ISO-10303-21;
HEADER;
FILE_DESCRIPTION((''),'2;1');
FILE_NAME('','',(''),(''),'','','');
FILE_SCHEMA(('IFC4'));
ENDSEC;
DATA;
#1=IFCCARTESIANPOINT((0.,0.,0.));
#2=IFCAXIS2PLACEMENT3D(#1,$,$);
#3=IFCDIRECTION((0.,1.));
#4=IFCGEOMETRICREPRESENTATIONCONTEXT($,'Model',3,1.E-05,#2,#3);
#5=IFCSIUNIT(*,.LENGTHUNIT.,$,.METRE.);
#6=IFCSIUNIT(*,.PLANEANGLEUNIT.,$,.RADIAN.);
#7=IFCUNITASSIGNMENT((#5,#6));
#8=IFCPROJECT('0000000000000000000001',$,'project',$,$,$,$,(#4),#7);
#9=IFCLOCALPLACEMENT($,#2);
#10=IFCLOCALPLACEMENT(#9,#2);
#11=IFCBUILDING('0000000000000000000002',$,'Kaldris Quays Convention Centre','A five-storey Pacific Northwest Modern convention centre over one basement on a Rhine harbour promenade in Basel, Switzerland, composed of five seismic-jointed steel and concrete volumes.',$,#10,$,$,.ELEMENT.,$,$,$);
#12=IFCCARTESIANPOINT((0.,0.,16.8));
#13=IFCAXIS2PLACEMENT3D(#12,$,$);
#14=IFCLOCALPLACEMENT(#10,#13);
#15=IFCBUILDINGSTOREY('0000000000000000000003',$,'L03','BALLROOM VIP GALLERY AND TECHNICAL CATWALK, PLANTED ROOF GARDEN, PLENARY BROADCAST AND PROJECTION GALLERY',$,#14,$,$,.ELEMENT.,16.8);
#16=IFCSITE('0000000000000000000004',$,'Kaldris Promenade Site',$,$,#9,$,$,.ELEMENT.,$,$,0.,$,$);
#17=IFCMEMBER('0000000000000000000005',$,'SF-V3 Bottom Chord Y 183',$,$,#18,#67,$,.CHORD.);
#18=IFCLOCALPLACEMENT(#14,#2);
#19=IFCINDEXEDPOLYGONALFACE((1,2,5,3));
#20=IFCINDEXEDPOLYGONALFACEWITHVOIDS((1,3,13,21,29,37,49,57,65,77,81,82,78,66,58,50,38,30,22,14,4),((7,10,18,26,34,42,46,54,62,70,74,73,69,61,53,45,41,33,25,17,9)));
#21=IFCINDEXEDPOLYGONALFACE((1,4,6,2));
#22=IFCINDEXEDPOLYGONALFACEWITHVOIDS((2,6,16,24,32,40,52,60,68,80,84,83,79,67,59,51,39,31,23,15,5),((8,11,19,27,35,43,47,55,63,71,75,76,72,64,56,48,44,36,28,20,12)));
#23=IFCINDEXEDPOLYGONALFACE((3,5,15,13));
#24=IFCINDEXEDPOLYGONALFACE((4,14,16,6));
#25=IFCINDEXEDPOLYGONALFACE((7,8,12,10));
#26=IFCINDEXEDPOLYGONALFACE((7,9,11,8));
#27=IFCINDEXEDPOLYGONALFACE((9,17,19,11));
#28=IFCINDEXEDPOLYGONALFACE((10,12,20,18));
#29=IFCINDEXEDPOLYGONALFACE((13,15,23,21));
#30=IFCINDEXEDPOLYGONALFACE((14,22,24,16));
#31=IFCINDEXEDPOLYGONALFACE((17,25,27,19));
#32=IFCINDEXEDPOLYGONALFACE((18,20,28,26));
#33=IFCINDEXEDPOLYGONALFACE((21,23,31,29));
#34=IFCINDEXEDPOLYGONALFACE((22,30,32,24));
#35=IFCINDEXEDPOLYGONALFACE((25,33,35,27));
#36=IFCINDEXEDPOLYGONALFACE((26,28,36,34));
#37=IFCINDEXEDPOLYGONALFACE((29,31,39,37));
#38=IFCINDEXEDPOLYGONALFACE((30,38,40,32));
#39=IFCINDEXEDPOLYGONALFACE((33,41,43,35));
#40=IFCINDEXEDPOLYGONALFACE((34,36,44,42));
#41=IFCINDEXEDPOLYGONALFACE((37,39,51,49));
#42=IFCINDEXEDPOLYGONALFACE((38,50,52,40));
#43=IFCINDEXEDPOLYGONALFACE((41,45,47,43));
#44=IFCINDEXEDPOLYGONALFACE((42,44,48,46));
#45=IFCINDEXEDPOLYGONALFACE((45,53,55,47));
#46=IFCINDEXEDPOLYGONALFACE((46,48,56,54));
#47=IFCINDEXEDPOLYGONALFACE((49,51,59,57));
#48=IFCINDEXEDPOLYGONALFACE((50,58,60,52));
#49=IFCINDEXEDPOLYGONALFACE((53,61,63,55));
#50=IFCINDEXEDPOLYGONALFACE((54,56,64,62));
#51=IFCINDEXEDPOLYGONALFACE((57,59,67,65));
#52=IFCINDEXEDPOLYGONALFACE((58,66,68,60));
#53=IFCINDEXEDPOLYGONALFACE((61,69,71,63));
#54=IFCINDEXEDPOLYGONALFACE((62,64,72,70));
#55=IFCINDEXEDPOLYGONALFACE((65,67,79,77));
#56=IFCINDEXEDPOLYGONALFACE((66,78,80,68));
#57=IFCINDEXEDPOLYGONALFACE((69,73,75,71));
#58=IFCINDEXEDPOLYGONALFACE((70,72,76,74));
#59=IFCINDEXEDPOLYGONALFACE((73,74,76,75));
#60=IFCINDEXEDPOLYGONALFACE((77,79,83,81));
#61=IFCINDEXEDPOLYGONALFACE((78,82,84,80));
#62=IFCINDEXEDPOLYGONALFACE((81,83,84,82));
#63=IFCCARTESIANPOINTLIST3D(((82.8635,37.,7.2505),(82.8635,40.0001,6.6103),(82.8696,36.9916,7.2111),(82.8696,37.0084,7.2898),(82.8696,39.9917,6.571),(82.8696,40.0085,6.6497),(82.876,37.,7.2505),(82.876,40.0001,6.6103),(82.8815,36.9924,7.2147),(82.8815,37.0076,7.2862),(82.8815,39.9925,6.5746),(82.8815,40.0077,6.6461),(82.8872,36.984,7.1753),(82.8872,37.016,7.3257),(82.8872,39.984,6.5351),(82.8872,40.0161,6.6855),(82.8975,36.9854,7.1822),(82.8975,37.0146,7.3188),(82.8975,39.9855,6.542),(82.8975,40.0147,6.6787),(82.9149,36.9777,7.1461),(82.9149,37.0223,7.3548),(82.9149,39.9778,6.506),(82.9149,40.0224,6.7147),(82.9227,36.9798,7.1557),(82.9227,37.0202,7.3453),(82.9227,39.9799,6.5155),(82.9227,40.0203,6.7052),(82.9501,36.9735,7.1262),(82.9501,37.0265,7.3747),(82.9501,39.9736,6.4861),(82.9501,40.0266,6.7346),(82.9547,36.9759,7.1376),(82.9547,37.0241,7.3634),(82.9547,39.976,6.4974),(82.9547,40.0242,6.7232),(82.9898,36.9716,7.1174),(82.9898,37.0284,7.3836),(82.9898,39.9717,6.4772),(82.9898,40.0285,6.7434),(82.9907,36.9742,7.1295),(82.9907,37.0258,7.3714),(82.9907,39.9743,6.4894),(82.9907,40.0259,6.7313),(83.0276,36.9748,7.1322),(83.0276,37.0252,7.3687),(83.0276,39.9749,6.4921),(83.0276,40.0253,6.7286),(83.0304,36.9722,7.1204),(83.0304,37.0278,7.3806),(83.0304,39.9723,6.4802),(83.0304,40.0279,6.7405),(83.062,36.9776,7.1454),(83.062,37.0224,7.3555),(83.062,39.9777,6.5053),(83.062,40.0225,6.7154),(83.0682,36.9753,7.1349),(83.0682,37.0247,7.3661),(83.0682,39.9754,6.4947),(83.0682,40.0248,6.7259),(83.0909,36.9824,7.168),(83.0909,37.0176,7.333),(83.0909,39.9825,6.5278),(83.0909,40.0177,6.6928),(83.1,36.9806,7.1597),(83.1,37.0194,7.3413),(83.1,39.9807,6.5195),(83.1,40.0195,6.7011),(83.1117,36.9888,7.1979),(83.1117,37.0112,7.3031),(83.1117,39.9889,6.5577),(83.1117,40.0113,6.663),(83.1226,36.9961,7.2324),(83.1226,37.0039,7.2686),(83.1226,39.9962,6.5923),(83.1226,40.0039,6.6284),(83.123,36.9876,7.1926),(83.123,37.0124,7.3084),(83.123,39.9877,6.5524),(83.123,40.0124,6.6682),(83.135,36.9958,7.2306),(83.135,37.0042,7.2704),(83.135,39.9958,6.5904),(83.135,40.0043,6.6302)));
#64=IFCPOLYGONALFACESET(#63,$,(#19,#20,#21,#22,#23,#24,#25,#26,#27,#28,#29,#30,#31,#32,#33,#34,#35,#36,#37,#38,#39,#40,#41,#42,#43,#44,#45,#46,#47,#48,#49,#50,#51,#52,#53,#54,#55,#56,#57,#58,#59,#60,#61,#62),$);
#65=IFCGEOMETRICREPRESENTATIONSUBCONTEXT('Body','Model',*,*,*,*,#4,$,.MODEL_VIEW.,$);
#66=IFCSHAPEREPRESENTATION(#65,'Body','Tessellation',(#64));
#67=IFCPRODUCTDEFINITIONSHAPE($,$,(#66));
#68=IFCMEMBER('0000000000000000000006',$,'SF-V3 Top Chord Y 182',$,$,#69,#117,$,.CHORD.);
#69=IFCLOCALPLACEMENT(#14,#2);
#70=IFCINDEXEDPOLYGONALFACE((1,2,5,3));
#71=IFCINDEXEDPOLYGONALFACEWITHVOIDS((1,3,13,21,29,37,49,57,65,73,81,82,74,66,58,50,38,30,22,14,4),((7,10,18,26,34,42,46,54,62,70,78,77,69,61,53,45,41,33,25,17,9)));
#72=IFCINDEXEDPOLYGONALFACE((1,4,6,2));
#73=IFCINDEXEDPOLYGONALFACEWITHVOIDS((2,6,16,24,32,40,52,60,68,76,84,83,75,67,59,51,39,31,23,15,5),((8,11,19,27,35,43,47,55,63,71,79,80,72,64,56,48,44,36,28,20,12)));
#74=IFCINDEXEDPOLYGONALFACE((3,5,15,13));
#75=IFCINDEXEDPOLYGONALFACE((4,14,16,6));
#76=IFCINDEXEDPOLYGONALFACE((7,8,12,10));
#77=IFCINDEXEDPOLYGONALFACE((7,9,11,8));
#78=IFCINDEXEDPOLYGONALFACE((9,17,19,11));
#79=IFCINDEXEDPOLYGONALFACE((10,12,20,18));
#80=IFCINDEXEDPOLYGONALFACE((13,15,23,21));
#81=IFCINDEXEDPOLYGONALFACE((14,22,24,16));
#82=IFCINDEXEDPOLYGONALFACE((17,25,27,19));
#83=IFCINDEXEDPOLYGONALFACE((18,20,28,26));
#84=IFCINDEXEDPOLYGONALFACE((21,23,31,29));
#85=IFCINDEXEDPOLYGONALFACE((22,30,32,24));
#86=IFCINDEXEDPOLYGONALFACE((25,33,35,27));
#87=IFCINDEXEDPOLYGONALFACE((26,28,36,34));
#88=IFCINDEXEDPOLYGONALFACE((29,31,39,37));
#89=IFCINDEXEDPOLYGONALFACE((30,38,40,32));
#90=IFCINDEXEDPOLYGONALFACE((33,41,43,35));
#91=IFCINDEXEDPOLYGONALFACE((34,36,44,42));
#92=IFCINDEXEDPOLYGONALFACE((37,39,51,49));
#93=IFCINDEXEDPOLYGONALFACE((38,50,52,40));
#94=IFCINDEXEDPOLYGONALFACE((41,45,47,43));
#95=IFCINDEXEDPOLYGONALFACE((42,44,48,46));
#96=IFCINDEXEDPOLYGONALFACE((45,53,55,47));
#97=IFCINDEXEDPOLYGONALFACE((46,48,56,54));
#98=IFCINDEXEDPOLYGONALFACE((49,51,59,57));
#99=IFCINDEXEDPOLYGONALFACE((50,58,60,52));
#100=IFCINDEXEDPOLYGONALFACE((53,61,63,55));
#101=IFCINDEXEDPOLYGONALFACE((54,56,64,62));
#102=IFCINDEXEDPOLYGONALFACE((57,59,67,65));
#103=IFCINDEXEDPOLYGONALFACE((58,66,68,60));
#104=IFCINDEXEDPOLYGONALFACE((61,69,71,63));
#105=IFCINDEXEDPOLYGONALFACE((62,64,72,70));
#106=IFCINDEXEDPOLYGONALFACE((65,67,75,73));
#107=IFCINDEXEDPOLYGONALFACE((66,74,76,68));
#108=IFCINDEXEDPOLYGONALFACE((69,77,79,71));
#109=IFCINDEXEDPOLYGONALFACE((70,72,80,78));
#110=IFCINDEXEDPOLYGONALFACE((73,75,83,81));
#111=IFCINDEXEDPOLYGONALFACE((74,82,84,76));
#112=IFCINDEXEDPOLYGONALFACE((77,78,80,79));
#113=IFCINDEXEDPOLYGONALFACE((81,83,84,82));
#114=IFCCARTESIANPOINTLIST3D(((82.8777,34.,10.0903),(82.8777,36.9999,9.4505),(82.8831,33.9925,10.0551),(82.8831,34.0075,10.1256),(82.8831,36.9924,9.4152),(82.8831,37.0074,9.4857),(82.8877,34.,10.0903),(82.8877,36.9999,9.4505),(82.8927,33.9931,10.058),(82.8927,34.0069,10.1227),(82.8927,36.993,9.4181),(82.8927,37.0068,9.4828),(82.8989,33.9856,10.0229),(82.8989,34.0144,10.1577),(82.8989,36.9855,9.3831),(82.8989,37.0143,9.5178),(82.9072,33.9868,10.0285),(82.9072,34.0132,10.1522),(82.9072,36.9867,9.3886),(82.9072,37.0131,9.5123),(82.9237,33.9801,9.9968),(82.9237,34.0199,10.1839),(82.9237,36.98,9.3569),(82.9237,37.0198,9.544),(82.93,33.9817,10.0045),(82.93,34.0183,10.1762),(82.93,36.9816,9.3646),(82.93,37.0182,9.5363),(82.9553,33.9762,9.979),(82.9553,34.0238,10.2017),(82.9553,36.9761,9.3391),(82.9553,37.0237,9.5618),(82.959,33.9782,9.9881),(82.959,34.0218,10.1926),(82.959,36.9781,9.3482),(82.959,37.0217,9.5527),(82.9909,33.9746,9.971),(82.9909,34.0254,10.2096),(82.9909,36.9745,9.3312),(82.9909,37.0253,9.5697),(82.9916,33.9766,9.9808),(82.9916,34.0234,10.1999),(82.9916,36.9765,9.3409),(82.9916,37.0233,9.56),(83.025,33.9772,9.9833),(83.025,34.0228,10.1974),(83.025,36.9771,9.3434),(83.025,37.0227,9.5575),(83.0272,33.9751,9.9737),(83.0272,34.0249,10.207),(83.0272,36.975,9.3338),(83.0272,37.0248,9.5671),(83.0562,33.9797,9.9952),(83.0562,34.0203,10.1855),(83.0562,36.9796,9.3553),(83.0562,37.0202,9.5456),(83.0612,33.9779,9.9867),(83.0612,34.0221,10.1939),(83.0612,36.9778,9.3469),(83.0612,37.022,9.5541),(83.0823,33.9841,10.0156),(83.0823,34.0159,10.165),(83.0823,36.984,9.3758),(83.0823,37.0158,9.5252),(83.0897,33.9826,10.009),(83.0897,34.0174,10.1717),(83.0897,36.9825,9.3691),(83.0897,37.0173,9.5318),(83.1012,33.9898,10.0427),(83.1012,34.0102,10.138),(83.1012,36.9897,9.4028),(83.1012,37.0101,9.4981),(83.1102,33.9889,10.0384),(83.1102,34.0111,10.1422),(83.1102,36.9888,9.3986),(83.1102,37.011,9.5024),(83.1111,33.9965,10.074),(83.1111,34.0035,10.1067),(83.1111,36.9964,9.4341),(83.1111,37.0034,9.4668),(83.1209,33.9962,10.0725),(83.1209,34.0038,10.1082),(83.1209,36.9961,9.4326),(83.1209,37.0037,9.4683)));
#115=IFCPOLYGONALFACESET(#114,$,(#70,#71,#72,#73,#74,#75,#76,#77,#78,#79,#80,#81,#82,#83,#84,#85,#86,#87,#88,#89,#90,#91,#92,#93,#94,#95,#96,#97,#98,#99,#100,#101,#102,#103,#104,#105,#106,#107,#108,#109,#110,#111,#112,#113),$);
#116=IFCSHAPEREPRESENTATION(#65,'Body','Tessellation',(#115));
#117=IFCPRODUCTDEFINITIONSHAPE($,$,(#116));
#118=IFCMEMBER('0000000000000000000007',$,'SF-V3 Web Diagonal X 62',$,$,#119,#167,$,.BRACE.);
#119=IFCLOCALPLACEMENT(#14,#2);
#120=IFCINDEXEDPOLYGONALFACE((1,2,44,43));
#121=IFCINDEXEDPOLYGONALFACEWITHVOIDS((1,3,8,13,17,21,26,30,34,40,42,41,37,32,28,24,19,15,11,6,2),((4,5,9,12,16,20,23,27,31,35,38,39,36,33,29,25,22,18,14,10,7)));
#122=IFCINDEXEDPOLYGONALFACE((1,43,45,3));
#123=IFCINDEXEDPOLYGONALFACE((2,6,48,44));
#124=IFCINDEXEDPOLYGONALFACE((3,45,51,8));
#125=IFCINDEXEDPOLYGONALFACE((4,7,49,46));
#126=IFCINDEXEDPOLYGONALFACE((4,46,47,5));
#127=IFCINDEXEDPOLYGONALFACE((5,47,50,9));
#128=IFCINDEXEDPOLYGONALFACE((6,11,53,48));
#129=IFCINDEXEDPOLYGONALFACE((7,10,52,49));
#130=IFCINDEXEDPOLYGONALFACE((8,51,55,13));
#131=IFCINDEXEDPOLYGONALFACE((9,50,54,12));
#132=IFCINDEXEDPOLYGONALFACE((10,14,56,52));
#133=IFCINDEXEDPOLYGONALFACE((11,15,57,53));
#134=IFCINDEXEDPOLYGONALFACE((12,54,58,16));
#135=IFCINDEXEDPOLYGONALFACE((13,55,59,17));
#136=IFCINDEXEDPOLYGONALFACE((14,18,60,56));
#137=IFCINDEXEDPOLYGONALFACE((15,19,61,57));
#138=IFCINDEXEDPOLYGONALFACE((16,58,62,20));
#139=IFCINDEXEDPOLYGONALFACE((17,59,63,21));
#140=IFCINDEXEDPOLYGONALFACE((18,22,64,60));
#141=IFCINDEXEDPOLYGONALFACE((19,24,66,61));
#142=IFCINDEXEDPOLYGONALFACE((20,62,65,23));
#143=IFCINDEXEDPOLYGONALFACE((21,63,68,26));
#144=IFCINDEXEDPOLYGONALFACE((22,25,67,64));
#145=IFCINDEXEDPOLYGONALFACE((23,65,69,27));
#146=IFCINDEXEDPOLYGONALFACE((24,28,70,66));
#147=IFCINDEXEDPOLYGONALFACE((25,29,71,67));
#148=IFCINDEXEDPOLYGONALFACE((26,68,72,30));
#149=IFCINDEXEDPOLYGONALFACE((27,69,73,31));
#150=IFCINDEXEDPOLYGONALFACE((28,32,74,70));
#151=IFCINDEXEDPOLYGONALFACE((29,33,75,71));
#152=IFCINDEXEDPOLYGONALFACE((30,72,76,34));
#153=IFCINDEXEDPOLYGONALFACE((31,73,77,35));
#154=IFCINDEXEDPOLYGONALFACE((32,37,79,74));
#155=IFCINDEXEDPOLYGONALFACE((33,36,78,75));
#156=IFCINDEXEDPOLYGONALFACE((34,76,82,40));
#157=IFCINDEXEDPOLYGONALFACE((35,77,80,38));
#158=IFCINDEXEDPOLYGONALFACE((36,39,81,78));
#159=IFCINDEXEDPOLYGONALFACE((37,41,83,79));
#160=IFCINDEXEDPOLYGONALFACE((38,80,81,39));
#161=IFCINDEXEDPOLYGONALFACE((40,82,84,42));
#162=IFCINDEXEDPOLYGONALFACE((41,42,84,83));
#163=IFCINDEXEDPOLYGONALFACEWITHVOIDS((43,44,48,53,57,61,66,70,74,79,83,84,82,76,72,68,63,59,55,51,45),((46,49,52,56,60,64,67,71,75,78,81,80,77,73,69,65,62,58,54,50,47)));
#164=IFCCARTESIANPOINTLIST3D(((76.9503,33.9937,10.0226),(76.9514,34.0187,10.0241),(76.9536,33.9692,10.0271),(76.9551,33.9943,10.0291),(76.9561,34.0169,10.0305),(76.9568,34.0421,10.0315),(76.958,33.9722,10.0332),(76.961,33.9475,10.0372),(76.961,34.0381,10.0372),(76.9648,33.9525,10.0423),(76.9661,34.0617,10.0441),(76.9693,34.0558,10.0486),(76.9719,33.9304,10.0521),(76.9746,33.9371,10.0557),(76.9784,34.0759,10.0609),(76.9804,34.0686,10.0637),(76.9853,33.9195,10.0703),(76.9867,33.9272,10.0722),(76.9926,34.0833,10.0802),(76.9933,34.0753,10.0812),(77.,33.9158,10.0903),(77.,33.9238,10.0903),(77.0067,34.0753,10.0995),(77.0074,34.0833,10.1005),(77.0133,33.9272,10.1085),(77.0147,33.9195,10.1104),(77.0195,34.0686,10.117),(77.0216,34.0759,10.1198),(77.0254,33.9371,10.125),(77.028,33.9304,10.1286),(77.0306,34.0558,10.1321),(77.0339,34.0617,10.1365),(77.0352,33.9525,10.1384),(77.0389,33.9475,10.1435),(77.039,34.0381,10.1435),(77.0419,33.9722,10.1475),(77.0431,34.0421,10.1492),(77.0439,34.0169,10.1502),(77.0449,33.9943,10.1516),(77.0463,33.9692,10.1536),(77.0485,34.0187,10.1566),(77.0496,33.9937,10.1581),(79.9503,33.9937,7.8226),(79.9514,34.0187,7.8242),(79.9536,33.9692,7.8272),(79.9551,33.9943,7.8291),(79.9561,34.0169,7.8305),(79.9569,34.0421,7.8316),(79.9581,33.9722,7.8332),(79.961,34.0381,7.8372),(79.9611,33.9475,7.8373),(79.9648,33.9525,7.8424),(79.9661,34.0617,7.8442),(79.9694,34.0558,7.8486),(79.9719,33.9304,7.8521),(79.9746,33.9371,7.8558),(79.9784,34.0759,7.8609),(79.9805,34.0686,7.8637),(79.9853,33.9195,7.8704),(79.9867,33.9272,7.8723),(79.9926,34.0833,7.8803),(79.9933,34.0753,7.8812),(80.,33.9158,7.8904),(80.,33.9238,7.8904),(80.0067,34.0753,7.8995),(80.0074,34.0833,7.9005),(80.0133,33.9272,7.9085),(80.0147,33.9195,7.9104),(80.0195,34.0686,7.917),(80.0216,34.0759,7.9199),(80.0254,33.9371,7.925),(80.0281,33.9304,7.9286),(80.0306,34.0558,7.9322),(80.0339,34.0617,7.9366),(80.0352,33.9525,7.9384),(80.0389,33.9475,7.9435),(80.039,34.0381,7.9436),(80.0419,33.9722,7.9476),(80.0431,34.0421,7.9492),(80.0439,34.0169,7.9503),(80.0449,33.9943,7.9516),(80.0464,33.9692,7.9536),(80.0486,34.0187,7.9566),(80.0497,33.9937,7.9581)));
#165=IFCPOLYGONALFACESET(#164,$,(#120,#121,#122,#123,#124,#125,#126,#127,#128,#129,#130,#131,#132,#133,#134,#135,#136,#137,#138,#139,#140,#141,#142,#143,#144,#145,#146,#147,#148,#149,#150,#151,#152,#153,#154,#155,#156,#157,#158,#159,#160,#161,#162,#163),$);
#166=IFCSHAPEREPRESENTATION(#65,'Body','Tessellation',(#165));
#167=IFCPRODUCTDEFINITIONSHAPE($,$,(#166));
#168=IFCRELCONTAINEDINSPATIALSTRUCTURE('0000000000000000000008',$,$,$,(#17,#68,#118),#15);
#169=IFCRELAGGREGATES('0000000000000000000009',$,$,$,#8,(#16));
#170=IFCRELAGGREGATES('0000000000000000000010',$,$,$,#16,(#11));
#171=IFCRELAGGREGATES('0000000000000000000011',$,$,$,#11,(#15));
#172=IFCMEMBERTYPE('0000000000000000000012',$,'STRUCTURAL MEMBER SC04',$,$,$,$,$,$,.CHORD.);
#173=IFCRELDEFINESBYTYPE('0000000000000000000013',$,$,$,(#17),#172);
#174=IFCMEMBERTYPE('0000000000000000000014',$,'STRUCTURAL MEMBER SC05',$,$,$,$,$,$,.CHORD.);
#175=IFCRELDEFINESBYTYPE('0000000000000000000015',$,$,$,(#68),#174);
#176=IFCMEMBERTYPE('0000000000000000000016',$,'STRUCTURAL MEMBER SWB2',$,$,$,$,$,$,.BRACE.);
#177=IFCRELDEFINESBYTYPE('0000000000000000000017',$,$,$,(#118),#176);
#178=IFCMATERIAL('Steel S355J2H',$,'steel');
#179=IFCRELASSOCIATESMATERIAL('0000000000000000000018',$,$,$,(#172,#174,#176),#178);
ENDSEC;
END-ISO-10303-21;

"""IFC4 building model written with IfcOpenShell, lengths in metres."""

from ifc_helpers import new_model, si_unit, direction, frame, origin, origin_2d, place, context, subcontext, project, spatial, hollow_circle, extrude, material, material_profile, profile_set, type_object, element, save


model = new_model("IFC4")

# Units and contexts
model_context = context("Model", 3, precision=1e-05, world=origin(), true_north=direction((0.0, 1.0)))
body_context = subcontext(model_context, "Body", "Model", "MODEL_VIEW")
ifc_project = project(units=[si_unit("LENGTHUNIT", "METRE"), si_unit("PLANEANGLEUNIT", "RADIAN")], contexts=[model_context])

# Site, building, storey
site_placement = place(None, origin())
site = spatial("IfcSite", under=ifc_project, at=site_placement, Name="Kaldris Promenade Site", CompositionType="ELEMENT", RefElevation=0.0)
building_placement = place(site_placement, origin())
building = spatial("IfcBuilding", under=site, at=building_placement, Name="Kaldris Quays Convention Centre", Description="A five-storey Pacific Northwest Modern convention centre over one basement on a Rhine harbour promenade in Basel, Switzerland, composed of five seismic-jointed steel and concrete volumes.", CompositionType="ELEMENT")
storey_placement = place(building_placement, frame((0.0, 0.0, 16.8)))
storey = spatial("IfcBuildingStorey", under=building, at=storey_placement, Name="L03", Description="BALLROOM VIP GALLERY AND TECHNICAL CATWALK, PLANTED ROOF GARDEN, PLENARY BROADCAST AND PROJECTION GALLERY", CompositionType="ELEMENT", Elevation=16.8)

# Members
ifc_material_1 = material(Name="Steel S355J2H", Category="steel")
ifc_material_profile_1 = material_profile(ifc_material_1, hollow_circle(Radius=0.1365, WallThickness=0.0125, at=origin_2d()), Name="CHS 273x12.5")
ifc_profile_set_1 = profile_set([ifc_material_profile_1], Name="Steel S355J2H")
member_type_1 = type_object("IfcMemberType", Name="STRUCTURAL MEMBER SC04", PredefinedType="CHORD", material=ifc_profile_set_1)
member_1_placement = place(storey_placement, frame((83.0, 37.0, 7.2505), z_axis=(0.0, 0.977984, -0.208681), x_axis=(-1.0, 0.0, 0.0)))
element("IfcMember", 1, at=member_1_placement, inside=storey, type_object=member_type_1, Name="SF-V3 Bottom Chord Y 183", PredefinedType="CHORD", context=body_context, shape_type="SweptSolid", body=[
    extrude(hollow_circle(Radius=0.1365, WallThickness=0.0125, at=origin_2d()), origin(), (0.0, 0.0, 1.0), 3.0676),
])
ifc_material_profile_2 = material_profile(ifc_material_1, hollow_circle(Radius=0.1223, WallThickness=0.01, at=origin_2d()), Name="CHS 244.5x10")
ifc_profile_set_2 = profile_set([ifc_material_profile_2], Name="Steel S355J2H")
member_type_2 = type_object("IfcMemberType", Name="STRUCTURAL MEMBER SC05", PredefinedType="CHORD", material=ifc_profile_set_2)
member_2_placement = place(storey_placement, frame((83.0, 34.0, 10.0903), z_axis=(0.0, 0.978, -0.208605), x_axis=(-1.0, 0.0, 0.0)))
element("IfcMember", 2, at=member_2_placement, inside=storey, type_object=member_type_2, Name="SF-V3 Top Chord Y 182", PredefinedType="CHORD", context=body_context, shape_type="SweptSolid", body=[
    extrude(hollow_circle(Radius=0.1223, WallThickness=0.01, at=origin_2d()), origin(), (0.0, 0.0, 1.0), 3.0674),
])
ifc_material_profile_3 = material_profile(ifc_material_1, hollow_circle(Radius=0.0842, WallThickness=0.0081, at=origin_2d()), Name="CHS 168.3x8")
ifc_profile_set_3 = profile_set([ifc_material_profile_3], Name="Steel S355J2H")
member_type_3 = type_object("IfcMemberType", Name="STRUCTURAL MEMBER SWB2", PredefinedType="BRACE", material=ifc_profile_set_3)
for number, where, z_axis, x_axis, name in (
    (3, (80.0, 34.0, 7.8904), (-0.806411, 0.0, 0.591355), (0.0, -1.0, 0.0), "SF-V3 Web Diagonal X 62"),
):
    element("IfcMember", number, at=place(storey_placement, frame(where, z_axis=z_axis, x_axis=x_axis)), inside=storey, type_object=member_type_3, Name=name, PredefinedType="BRACE", context=body_context, shape_type="SweptSolid", body=[
        extrude(hollow_circle(Radius=0.0842, WallThickness=0.0081, at=origin_2d()), origin(), (0.0, 0.0, 1.0), 3.7202),
    ])

save(model, "model.ifc")
